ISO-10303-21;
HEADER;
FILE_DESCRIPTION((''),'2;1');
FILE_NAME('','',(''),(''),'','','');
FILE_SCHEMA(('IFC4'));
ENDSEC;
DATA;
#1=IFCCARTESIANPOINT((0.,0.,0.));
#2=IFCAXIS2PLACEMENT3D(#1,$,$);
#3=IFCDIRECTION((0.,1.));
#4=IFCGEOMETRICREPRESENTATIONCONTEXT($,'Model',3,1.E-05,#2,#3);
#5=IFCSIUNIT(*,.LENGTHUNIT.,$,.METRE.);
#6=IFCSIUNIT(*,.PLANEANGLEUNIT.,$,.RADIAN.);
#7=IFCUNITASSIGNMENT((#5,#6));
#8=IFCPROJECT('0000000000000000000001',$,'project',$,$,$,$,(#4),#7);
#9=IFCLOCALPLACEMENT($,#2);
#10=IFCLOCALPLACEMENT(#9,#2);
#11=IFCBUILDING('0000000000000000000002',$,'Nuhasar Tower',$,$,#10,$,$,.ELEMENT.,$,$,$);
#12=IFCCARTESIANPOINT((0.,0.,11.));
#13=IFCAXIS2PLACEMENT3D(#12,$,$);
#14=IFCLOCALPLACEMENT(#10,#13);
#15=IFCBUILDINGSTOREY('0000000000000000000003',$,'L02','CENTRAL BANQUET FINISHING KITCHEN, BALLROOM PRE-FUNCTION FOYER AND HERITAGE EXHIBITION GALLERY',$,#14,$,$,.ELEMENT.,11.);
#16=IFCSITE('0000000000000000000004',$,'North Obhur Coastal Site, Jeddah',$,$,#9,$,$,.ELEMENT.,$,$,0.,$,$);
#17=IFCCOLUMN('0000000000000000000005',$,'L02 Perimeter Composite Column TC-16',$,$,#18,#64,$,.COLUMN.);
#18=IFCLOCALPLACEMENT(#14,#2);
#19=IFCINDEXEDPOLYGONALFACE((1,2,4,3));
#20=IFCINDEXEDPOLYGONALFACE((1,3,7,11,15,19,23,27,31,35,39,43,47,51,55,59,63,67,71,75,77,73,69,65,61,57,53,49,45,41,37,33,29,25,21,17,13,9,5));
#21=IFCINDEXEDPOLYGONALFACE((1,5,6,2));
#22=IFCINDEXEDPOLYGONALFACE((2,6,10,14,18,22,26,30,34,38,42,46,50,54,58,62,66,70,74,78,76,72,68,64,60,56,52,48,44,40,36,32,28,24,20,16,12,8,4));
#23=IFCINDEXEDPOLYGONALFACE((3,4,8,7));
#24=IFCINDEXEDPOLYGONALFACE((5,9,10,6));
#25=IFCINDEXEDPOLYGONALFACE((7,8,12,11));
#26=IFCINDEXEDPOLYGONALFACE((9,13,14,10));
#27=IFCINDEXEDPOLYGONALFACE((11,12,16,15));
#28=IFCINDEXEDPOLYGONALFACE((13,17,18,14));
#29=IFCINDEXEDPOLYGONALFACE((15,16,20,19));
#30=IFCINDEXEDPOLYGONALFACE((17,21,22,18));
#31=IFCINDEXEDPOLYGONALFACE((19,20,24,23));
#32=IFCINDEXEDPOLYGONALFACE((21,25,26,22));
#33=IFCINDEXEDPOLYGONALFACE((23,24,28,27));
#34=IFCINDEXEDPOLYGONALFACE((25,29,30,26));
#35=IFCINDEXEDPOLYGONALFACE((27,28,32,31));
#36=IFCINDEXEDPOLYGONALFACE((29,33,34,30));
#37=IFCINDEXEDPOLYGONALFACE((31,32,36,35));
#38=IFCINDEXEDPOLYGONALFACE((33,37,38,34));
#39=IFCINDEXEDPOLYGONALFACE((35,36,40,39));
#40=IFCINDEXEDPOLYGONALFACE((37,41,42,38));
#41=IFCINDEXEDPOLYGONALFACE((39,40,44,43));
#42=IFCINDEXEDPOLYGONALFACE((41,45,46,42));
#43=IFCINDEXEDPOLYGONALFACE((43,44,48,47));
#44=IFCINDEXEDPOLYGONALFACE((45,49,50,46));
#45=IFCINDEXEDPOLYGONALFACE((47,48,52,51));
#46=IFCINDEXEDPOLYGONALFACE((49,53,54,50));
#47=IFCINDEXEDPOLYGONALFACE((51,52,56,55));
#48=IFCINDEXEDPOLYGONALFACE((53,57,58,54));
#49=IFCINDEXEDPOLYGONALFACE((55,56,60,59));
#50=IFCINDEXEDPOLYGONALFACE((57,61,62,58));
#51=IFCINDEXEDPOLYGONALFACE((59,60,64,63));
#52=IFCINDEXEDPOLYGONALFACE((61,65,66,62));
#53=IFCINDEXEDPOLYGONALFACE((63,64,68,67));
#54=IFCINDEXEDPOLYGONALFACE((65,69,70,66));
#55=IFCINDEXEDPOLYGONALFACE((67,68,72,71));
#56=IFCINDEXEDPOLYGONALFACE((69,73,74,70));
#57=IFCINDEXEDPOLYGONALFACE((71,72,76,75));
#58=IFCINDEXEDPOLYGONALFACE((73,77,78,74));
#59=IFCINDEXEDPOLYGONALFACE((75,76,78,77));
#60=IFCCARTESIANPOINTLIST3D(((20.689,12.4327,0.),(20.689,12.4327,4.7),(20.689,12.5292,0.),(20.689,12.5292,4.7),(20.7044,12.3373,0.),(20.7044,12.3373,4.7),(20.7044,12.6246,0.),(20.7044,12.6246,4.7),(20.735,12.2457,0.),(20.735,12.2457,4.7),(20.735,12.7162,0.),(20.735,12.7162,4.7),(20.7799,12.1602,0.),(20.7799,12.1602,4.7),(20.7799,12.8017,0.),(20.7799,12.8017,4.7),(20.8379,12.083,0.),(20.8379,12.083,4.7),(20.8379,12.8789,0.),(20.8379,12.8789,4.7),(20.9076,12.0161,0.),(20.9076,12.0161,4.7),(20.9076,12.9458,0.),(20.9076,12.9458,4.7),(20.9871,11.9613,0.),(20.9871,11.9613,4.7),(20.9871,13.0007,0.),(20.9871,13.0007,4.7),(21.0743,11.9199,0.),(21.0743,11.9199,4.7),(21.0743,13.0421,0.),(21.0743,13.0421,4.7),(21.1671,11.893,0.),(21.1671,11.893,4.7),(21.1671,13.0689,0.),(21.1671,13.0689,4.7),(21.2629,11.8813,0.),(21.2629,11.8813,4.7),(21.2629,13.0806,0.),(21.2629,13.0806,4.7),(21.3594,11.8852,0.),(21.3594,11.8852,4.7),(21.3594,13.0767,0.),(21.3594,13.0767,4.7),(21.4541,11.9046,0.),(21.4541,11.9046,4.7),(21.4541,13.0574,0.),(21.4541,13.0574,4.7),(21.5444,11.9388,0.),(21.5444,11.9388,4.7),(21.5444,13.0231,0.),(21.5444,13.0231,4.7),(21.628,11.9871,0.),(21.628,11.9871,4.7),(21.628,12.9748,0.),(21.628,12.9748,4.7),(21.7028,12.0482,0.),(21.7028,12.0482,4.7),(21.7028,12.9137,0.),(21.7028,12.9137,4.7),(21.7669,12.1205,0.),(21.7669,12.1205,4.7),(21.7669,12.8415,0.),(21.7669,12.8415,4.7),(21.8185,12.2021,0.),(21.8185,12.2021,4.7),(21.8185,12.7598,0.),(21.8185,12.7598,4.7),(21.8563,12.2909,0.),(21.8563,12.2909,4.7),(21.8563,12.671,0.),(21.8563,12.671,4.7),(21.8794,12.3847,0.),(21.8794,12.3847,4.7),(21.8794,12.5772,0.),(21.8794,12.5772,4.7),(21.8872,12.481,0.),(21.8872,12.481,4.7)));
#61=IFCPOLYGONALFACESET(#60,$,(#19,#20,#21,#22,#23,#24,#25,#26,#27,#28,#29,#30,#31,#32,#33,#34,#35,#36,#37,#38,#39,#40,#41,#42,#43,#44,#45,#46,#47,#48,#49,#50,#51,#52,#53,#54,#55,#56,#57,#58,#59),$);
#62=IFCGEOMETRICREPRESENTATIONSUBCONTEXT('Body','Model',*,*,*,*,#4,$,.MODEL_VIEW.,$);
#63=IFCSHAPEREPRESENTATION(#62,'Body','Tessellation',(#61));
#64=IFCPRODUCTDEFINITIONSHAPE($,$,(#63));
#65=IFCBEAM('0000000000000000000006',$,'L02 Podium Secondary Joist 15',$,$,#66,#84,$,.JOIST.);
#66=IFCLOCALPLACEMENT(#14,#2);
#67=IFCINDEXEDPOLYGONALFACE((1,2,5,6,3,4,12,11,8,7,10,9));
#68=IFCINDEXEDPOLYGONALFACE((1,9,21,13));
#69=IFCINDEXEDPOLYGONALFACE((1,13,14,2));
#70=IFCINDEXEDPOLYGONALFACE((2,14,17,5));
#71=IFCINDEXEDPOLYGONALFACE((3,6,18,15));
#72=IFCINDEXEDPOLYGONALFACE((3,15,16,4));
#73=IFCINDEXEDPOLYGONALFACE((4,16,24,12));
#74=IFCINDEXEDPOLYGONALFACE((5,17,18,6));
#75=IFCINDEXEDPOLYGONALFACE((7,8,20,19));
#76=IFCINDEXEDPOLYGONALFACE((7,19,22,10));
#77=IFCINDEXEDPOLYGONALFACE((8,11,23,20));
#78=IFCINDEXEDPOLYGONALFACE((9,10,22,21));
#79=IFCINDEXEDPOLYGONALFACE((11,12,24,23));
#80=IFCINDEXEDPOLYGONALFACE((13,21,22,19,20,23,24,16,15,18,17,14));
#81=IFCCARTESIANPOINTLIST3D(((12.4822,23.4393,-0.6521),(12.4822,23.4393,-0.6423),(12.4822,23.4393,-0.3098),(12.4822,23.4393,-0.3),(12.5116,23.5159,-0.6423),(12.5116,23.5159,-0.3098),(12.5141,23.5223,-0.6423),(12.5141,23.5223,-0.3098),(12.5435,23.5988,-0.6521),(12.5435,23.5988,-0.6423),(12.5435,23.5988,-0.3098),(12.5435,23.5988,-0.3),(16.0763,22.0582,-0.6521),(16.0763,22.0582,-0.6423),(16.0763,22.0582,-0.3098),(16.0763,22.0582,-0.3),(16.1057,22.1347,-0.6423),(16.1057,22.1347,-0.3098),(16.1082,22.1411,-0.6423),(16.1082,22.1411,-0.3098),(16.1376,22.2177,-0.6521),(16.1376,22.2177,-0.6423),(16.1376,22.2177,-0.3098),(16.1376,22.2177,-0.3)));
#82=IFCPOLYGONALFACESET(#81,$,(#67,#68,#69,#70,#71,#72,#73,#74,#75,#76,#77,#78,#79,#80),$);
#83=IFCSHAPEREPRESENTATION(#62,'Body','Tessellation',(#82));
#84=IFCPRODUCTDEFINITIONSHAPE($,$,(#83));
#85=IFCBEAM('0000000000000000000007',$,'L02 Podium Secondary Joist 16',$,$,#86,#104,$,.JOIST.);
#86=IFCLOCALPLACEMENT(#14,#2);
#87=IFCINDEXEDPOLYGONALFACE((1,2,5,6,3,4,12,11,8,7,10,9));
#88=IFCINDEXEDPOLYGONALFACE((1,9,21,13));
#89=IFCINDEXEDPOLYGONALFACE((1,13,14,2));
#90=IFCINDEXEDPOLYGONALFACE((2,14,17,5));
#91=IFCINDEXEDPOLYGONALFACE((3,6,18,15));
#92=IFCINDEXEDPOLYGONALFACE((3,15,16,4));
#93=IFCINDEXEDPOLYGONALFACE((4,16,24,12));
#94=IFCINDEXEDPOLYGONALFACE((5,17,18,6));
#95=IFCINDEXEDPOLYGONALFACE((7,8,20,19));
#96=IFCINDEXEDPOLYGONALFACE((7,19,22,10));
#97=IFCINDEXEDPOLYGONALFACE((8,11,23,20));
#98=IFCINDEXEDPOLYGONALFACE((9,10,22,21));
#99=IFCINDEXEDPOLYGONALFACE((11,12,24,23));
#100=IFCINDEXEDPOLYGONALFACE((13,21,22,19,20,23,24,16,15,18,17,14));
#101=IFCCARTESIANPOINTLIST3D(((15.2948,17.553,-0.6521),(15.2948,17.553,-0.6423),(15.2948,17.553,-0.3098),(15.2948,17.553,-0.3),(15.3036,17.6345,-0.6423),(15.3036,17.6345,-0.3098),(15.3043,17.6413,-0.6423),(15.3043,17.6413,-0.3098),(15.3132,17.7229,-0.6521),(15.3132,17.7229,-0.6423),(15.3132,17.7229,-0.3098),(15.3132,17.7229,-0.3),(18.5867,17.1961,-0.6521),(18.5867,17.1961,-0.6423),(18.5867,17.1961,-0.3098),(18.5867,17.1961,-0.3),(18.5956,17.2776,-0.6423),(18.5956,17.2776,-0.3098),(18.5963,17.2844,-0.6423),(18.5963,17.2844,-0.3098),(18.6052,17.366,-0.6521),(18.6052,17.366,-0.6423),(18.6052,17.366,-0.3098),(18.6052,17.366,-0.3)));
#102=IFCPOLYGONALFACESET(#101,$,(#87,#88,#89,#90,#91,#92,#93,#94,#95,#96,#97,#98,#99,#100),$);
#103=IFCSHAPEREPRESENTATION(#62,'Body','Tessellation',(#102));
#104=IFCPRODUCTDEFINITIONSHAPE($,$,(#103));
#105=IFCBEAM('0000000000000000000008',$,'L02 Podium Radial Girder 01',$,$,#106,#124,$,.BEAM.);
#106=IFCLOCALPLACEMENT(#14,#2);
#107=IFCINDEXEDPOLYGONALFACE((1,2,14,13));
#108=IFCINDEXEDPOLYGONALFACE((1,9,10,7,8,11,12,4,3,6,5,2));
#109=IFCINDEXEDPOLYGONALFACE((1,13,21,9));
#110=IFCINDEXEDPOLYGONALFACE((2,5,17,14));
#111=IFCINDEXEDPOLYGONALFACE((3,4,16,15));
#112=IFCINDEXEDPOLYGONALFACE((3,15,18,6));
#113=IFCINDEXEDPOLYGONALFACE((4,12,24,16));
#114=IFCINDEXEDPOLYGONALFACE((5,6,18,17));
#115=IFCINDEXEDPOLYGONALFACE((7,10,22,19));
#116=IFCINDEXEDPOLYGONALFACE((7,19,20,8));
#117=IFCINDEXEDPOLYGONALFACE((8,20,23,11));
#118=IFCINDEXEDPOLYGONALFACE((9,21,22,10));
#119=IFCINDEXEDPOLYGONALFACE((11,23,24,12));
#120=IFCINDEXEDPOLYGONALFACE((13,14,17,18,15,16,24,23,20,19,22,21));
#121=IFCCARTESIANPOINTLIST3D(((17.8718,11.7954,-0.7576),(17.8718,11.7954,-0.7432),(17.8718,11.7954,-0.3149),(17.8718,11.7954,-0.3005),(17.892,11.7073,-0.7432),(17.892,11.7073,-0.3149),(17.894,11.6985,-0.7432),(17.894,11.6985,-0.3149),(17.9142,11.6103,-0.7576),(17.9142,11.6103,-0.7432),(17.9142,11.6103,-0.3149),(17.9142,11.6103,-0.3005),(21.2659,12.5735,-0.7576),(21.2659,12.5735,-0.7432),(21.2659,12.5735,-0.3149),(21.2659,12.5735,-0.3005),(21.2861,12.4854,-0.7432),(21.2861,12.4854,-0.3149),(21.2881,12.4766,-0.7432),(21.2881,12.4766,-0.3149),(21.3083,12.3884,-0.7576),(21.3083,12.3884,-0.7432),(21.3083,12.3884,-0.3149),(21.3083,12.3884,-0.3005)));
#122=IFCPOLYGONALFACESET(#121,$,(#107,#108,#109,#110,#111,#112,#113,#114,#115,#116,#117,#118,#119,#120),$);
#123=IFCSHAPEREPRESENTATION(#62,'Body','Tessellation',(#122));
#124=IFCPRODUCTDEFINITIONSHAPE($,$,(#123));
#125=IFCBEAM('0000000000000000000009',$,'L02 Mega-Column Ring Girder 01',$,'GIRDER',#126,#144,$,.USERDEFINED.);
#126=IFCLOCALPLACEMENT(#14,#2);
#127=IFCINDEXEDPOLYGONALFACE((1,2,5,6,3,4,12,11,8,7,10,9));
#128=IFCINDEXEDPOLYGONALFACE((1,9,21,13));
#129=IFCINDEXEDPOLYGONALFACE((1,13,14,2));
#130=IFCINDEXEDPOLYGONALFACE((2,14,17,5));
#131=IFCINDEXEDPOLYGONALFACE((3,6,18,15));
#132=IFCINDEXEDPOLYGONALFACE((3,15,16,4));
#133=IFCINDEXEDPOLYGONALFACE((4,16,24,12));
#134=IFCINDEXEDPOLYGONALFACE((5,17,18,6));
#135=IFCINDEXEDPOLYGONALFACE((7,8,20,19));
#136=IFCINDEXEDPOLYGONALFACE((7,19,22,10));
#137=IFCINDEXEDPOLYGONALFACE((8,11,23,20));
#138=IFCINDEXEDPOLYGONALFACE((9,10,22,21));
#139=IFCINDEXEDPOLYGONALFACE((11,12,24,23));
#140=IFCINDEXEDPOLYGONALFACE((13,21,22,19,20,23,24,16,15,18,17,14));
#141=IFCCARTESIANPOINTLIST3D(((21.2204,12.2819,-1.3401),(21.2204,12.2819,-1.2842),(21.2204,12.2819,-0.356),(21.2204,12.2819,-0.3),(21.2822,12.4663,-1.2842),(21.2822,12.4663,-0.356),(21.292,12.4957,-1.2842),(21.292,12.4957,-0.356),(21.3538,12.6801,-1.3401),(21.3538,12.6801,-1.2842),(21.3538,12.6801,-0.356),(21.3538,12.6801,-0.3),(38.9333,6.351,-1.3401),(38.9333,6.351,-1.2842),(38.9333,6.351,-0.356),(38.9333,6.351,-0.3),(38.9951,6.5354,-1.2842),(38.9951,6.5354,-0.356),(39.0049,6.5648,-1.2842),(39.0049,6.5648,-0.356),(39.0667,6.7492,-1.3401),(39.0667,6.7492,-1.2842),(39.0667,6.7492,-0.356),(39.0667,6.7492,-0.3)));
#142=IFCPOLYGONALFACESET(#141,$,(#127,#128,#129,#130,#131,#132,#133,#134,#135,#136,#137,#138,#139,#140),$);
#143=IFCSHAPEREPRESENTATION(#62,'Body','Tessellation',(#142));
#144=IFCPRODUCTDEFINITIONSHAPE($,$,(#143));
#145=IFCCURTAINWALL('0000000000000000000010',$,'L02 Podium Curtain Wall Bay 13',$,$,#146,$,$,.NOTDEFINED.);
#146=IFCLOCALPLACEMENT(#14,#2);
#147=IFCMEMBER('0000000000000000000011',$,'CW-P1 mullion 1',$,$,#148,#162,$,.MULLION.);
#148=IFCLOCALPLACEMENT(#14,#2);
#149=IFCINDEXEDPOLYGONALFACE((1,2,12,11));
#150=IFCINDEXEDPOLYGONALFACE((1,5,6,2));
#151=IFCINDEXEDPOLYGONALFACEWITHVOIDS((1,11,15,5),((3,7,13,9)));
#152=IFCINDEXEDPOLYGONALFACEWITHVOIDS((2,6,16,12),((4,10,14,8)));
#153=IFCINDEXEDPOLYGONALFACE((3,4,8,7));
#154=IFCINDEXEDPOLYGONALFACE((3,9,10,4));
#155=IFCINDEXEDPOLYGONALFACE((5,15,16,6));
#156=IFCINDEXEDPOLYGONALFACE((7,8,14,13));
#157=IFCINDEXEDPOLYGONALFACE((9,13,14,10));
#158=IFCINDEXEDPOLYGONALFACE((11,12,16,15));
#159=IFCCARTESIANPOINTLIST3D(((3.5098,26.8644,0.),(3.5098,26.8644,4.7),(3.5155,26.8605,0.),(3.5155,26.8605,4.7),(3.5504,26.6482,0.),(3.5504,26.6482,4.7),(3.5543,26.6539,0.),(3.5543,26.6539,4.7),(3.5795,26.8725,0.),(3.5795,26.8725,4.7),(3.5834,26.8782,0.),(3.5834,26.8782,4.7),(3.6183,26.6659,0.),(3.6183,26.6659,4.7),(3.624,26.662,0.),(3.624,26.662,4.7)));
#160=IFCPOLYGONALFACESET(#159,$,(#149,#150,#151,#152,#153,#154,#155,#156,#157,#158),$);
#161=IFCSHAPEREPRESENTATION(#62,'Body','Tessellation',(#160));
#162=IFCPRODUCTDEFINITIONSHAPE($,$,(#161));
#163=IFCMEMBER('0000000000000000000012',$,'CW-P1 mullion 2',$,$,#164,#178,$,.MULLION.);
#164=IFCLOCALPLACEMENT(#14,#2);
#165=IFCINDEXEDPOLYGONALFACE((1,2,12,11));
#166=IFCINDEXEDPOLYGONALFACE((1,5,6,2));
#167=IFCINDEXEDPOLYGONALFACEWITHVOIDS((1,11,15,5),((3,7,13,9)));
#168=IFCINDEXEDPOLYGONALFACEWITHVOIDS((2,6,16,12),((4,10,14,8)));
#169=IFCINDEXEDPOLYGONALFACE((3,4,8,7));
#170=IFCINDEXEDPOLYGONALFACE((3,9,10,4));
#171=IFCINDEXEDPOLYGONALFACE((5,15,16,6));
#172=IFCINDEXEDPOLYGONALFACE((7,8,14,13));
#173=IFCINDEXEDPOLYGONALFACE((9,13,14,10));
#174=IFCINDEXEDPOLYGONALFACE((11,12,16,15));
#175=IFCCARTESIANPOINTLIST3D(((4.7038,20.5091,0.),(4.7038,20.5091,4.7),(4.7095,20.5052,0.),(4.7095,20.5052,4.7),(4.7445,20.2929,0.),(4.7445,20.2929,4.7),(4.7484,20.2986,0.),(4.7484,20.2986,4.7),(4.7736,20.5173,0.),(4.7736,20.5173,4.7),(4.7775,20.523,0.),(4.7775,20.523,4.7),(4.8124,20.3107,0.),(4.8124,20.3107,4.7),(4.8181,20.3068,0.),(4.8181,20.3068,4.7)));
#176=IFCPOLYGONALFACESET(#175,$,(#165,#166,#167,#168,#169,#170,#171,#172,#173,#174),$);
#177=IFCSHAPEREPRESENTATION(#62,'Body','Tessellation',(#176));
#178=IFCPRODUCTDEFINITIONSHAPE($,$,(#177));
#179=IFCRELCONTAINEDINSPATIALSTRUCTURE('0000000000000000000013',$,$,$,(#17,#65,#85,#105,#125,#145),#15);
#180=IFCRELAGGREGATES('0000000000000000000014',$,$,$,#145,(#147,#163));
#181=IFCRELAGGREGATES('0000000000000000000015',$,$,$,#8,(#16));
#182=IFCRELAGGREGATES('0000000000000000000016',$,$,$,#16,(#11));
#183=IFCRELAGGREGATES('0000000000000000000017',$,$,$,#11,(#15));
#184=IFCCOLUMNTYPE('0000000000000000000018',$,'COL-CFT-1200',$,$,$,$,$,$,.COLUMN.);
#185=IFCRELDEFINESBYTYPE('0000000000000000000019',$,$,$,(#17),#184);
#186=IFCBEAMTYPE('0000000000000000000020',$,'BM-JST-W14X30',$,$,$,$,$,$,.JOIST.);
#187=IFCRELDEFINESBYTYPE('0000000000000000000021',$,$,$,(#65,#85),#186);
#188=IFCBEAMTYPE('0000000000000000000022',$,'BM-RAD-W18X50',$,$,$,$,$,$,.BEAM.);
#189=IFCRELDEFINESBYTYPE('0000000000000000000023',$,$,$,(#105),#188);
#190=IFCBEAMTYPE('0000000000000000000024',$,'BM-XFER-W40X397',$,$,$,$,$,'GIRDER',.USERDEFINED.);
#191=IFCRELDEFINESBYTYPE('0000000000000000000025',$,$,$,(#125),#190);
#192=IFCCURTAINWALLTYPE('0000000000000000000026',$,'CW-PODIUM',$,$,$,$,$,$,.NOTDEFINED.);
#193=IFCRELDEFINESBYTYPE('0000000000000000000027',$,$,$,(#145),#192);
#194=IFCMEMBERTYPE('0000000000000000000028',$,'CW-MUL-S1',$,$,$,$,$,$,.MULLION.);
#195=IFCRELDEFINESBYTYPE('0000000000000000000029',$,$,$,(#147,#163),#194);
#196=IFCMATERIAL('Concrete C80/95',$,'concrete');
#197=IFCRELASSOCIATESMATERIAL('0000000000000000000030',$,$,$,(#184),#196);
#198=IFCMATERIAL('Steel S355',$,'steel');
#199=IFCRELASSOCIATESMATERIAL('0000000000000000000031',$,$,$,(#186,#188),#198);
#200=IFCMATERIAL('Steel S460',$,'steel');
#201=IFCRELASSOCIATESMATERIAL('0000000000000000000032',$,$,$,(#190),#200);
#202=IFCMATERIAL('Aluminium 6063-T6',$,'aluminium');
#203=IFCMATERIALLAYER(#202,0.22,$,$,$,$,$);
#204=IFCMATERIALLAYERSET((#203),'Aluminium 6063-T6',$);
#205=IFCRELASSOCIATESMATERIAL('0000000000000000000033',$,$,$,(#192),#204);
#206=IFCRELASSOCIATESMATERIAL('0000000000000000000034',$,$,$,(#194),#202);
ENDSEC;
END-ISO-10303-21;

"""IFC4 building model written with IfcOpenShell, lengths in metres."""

from ifc_helpers import new_model, si_unit, direction, frame, origin, origin_2d, place, context, subcontext, project, spatial, hollow_rectangle, circle, i_section, extrude, material, layer, layer_set, material_profile, profile_set, type_object, element, aggregate, save


model = new_model("IFC4")

# Units and contexts
model_context = context("Model", 3, precision=1e-05, world=origin(), true_north=direction((0.0, 1.0)))
body_context = subcontext(model_context, "Body", "Model", "MODEL_VIEW")
ifc_project = project(units=[si_unit("LENGTHUNIT", "METRE"), si_unit("PLANEANGLEUNIT", "RADIAN")], contexts=[model_context])

# Site, building, storey
site_placement = place(None, origin())
site = spatial("IfcSite", under=ifc_project, at=site_placement, Name="North Obhur Coastal Site, Jeddah", CompositionType="ELEMENT", RefElevation=0.0)
building_placement = place(site_placement, origin())
building = spatial("IfcBuilding", under=site, at=building_placement, Name="Nuhasar Tower", CompositionType="ELEMENT")
storey_placement = place(building_placement, frame((0.0, 0.0, 11.0)))
storey = spatial("IfcBuildingStorey", under=building, at=storey_placement, Name="L02", Description="CENTRAL BANQUET FINISHING KITCHEN, BALLROOM PRE-FUNCTION FOYER AND HERITAGE EXHIBITION GALLERY", CompositionType="ELEMENT", Elevation=11.0)

# Column
ifc_material_1 = material(Name="Concrete C80/95", Category="concrete")
ifc_material_profile_1 = material_profile(ifc_material_1, circle(Radius=0.6001, at=origin_2d()), Name="CFT1200")
ifc_profile_set_1 = profile_set([ifc_material_profile_1], Name="Concrete C80/95")
column_type = type_object("IfcColumnType", Name="COL-CFT-1200", PredefinedType="COLUMN", material=ifc_profile_set_1)
column_placement = place(storey_placement, frame((21.2871, 12.481, 0.0), z_axis=(0.0, 0.0, 1.0), x_axis=(1.0, 0.0, 0.0)))
element("IfcColumn", 1, at=column_placement, inside=storey, type_object=column_type, Name="L02 Perimeter Composite Column TC-16", PredefinedType="COLUMN", context=body_context, shape_type="SweptSolid", body=[
    extrude(circle(Radius=0.6001, at=origin_2d()), origin(), (0.0, 0.0, 1.0), 4.7),
])

# Beams
ifc_material_2 = material(Name="Steel S355", Category="steel")
ifc_material_profile_2 = material_profile(ifc_material_2, i_section(OverallWidth=0.1709, OverallDepth=0.3521, WebThickness=0.0068, FlangeThickness=0.0098, at=origin_2d()), Name="W14X30")
ifc_profile_set_2 = profile_set([ifc_material_profile_2], Name="Steel S355")
beam_type_1 = type_object("IfcBeamType", Name="BM-JST-W14X30", PredefinedType="JOIST", material=ifc_profile_set_2)
beam_1_placement = place(storey_placement, frame((16.1069, 22.1379, -0.4761), z_axis=(-0.93345, 0.358707, 0.0), x_axis=(-0.358707, -0.93345, 0.0)))
element("IfcBeam", 2, at=beam_1_placement, inside=storey, type_object=beam_type_1, Name="L02 Podium Secondary Joist 15", PredefinedType="JOIST", context=body_context, shape_type="SweptSolid", body=[
    extrude(i_section(OverallWidth=0.1709, OverallDepth=0.3521, WebThickness=0.0068, FlangeThickness=0.0098, at=origin_2d()), origin(), (0.0, 0.0, 1.0), 3.8503),
])
beam_2_placement = place(storey_placement, frame((18.5959, 17.281, -0.4761), z_axis=(-0.994173, 0.107793, 0.0), x_axis=(-0.107793, -0.994173, 0.0)))
element("IfcBeam", 3, at=beam_2_placement, inside=storey, type_object=beam_type_1, Name="L02 Podium Secondary Joist 16", PredefinedType="JOIST", context=body_context, shape_type="SweptSolid", body=[
    extrude(i_section(OverallWidth=0.1709, OverallDepth=0.3521, WebThickness=0.0068, FlangeThickness=0.0098, at=origin_2d()), origin(), (0.0, 0.0, 1.0), 3.3113),
])
ifc_material_profile_3 = material_profile(ifc_material_2, i_section(OverallWidth=0.1899, OverallDepth=0.457, WebThickness=0.009, FlangeThickness=0.0144, at=origin_2d()), Name="W18X50")
ifc_profile_set_3 = profile_set([ifc_material_profile_3], Name="Steel S355")
beam_type_2 = type_object("IfcBeamType", Name="BM-RAD-W18X50", PredefinedType="BEAM", material=ifc_profile_set_3)
beam_3_placement = place(storey_placement, frame((21.2871, 12.481, -0.5291), z_axis=(-0.974715, -0.223451, 0.0), x_axis=(0.223451, -0.974715, 0.0)))
element("IfcBeam", 4, at=beam_3_placement, inside=storey, type_object=beam_type_2, Name="L02 Podium Radial Girder 01", PredefinedType="BEAM", context=body_context, shape_type="SweptSolid", body=[
    extrude(i_section(OverallWidth=0.1899, OverallDepth=0.457, WebThickness=0.009, FlangeThickness=0.0144, at=origin_2d()), origin(), (0.0, 0.0, 1.0), 3.4822),
])
ifc_material_3 = material(Name="Steel S460", Category="steel")
ifc_material_profile_4 = material_profile(ifc_material_3, i_section(OverallWidth=0.4199, OverallDepth=1.04, WebThickness=0.031, FlangeThickness=0.0559, at=origin_2d()), Name="W40X397")
ifc_profile_set_4 = profile_set([ifc_material_profile_4], Name="Steel S460")
beam_type_3 = type_object("IfcBeamType", Name="BM-XFER-W40X397", ElementType="GIRDER", PredefinedType="USERDEFINED", material=ifc_profile_set_4)
beam_4_placement = place(storey_placement, frame((21.2871, 12.481, -0.8201), z_axis=(0.948255, -0.31751, 0.0), x_axis=(0.31751, 0.948255, 0.0)))
element("IfcBeam", 5, at=beam_4_placement, inside=storey, type_object=beam_type_3, Name="L02 Mega-Column Ring Girder 01", ObjectType="GIRDER", PredefinedType="USERDEFINED", context=body_context, shape_type="SweptSolid", body=[
    extrude(i_section(OverallWidth=0.4199, OverallDepth=1.04, WebThickness=0.031, FlangeThickness=0.0559, at=origin_2d()), origin(), (0.0, 0.0, 1.0), 18.6794),
])

# Curtain wall, members
ifc_material_4 = material(Name="Aluminium 6063-T6", Category="aluminium")
ifc_layer_1 = layer(ifc_material_4, 0.22)
ifc_layer_set_1 = layer_set([ifc_layer_1], Name="Aluminium 6063-T6")
curtain_wall_type = type_object("IfcCurtainWallType", Name="CW-PODIUM", PredefinedType="NOTDEFINED", material=ifc_layer_set_1)
curtain_wall_1_placement = place(storey_placement, origin())
curtain_wall_1 = element("IfcCurtainWall", 6, at=curtain_wall_1_placement, inside=storey, type_object=curtain_wall_type, Name="L02 Podium Curtain Wall Bay 13", PredefinedType="NOTDEFINED")
ifc_material_profile_5 = material_profile(ifc_material_4, hollow_rectangle(XDim=0.075, YDim=0.22, WallThickness=0.0049, at=origin_2d()), Name="CWM-1")
ifc_profile_set_5 = profile_set([ifc_material_profile_5], Name="Aluminium 6063-T6")
member_type_1 = type_object("IfcMemberType", Name="CW-MUL-S1", PredefinedType="MULLION", material=ifc_profile_set_5)
member_1_placement = place(storey_placement, frame((3.5669, 26.7632, 0.0), z_axis=(0.0, 0.0, 1.0), x_axis=(0.982801, 0.184667, 0.0)))
member_1 = element("IfcMember", 7, at=member_1_placement, type_object=member_type_1, Name="CW-P1 mullion 1", PredefinedType="MULLION", context=body_context, shape_type="SweptSolid", body=[
    extrude(hollow_rectangle(XDim=0.075, YDim=0.22, WallThickness=0.0049, at=origin_2d()), origin(), (0.0, 0.0, 1.0), 4.7),
])
member_2_placement = place(storey_placement, frame((4.761, 20.408, 0.0), z_axis=(0.0, 0.0, 1.0), x_axis=(0.982801, 0.184667, 0.0)))
member_2 = element("IfcMember", 8, at=member_2_placement, type_object=member_type_1, Name="CW-P1 mullion 2", PredefinedType="MULLION", context=body_context, shape_type="SweptSolid", body=[
    extrude(hollow_rectangle(XDim=0.075, YDim=0.22, WallThickness=0.0049, at=origin_2d()), origin(), (0.0, 0.0, 1.0), 4.7),
])

aggregate(curtain_wall_1, [member_1, member_2])

save(model, "model.ifc")
